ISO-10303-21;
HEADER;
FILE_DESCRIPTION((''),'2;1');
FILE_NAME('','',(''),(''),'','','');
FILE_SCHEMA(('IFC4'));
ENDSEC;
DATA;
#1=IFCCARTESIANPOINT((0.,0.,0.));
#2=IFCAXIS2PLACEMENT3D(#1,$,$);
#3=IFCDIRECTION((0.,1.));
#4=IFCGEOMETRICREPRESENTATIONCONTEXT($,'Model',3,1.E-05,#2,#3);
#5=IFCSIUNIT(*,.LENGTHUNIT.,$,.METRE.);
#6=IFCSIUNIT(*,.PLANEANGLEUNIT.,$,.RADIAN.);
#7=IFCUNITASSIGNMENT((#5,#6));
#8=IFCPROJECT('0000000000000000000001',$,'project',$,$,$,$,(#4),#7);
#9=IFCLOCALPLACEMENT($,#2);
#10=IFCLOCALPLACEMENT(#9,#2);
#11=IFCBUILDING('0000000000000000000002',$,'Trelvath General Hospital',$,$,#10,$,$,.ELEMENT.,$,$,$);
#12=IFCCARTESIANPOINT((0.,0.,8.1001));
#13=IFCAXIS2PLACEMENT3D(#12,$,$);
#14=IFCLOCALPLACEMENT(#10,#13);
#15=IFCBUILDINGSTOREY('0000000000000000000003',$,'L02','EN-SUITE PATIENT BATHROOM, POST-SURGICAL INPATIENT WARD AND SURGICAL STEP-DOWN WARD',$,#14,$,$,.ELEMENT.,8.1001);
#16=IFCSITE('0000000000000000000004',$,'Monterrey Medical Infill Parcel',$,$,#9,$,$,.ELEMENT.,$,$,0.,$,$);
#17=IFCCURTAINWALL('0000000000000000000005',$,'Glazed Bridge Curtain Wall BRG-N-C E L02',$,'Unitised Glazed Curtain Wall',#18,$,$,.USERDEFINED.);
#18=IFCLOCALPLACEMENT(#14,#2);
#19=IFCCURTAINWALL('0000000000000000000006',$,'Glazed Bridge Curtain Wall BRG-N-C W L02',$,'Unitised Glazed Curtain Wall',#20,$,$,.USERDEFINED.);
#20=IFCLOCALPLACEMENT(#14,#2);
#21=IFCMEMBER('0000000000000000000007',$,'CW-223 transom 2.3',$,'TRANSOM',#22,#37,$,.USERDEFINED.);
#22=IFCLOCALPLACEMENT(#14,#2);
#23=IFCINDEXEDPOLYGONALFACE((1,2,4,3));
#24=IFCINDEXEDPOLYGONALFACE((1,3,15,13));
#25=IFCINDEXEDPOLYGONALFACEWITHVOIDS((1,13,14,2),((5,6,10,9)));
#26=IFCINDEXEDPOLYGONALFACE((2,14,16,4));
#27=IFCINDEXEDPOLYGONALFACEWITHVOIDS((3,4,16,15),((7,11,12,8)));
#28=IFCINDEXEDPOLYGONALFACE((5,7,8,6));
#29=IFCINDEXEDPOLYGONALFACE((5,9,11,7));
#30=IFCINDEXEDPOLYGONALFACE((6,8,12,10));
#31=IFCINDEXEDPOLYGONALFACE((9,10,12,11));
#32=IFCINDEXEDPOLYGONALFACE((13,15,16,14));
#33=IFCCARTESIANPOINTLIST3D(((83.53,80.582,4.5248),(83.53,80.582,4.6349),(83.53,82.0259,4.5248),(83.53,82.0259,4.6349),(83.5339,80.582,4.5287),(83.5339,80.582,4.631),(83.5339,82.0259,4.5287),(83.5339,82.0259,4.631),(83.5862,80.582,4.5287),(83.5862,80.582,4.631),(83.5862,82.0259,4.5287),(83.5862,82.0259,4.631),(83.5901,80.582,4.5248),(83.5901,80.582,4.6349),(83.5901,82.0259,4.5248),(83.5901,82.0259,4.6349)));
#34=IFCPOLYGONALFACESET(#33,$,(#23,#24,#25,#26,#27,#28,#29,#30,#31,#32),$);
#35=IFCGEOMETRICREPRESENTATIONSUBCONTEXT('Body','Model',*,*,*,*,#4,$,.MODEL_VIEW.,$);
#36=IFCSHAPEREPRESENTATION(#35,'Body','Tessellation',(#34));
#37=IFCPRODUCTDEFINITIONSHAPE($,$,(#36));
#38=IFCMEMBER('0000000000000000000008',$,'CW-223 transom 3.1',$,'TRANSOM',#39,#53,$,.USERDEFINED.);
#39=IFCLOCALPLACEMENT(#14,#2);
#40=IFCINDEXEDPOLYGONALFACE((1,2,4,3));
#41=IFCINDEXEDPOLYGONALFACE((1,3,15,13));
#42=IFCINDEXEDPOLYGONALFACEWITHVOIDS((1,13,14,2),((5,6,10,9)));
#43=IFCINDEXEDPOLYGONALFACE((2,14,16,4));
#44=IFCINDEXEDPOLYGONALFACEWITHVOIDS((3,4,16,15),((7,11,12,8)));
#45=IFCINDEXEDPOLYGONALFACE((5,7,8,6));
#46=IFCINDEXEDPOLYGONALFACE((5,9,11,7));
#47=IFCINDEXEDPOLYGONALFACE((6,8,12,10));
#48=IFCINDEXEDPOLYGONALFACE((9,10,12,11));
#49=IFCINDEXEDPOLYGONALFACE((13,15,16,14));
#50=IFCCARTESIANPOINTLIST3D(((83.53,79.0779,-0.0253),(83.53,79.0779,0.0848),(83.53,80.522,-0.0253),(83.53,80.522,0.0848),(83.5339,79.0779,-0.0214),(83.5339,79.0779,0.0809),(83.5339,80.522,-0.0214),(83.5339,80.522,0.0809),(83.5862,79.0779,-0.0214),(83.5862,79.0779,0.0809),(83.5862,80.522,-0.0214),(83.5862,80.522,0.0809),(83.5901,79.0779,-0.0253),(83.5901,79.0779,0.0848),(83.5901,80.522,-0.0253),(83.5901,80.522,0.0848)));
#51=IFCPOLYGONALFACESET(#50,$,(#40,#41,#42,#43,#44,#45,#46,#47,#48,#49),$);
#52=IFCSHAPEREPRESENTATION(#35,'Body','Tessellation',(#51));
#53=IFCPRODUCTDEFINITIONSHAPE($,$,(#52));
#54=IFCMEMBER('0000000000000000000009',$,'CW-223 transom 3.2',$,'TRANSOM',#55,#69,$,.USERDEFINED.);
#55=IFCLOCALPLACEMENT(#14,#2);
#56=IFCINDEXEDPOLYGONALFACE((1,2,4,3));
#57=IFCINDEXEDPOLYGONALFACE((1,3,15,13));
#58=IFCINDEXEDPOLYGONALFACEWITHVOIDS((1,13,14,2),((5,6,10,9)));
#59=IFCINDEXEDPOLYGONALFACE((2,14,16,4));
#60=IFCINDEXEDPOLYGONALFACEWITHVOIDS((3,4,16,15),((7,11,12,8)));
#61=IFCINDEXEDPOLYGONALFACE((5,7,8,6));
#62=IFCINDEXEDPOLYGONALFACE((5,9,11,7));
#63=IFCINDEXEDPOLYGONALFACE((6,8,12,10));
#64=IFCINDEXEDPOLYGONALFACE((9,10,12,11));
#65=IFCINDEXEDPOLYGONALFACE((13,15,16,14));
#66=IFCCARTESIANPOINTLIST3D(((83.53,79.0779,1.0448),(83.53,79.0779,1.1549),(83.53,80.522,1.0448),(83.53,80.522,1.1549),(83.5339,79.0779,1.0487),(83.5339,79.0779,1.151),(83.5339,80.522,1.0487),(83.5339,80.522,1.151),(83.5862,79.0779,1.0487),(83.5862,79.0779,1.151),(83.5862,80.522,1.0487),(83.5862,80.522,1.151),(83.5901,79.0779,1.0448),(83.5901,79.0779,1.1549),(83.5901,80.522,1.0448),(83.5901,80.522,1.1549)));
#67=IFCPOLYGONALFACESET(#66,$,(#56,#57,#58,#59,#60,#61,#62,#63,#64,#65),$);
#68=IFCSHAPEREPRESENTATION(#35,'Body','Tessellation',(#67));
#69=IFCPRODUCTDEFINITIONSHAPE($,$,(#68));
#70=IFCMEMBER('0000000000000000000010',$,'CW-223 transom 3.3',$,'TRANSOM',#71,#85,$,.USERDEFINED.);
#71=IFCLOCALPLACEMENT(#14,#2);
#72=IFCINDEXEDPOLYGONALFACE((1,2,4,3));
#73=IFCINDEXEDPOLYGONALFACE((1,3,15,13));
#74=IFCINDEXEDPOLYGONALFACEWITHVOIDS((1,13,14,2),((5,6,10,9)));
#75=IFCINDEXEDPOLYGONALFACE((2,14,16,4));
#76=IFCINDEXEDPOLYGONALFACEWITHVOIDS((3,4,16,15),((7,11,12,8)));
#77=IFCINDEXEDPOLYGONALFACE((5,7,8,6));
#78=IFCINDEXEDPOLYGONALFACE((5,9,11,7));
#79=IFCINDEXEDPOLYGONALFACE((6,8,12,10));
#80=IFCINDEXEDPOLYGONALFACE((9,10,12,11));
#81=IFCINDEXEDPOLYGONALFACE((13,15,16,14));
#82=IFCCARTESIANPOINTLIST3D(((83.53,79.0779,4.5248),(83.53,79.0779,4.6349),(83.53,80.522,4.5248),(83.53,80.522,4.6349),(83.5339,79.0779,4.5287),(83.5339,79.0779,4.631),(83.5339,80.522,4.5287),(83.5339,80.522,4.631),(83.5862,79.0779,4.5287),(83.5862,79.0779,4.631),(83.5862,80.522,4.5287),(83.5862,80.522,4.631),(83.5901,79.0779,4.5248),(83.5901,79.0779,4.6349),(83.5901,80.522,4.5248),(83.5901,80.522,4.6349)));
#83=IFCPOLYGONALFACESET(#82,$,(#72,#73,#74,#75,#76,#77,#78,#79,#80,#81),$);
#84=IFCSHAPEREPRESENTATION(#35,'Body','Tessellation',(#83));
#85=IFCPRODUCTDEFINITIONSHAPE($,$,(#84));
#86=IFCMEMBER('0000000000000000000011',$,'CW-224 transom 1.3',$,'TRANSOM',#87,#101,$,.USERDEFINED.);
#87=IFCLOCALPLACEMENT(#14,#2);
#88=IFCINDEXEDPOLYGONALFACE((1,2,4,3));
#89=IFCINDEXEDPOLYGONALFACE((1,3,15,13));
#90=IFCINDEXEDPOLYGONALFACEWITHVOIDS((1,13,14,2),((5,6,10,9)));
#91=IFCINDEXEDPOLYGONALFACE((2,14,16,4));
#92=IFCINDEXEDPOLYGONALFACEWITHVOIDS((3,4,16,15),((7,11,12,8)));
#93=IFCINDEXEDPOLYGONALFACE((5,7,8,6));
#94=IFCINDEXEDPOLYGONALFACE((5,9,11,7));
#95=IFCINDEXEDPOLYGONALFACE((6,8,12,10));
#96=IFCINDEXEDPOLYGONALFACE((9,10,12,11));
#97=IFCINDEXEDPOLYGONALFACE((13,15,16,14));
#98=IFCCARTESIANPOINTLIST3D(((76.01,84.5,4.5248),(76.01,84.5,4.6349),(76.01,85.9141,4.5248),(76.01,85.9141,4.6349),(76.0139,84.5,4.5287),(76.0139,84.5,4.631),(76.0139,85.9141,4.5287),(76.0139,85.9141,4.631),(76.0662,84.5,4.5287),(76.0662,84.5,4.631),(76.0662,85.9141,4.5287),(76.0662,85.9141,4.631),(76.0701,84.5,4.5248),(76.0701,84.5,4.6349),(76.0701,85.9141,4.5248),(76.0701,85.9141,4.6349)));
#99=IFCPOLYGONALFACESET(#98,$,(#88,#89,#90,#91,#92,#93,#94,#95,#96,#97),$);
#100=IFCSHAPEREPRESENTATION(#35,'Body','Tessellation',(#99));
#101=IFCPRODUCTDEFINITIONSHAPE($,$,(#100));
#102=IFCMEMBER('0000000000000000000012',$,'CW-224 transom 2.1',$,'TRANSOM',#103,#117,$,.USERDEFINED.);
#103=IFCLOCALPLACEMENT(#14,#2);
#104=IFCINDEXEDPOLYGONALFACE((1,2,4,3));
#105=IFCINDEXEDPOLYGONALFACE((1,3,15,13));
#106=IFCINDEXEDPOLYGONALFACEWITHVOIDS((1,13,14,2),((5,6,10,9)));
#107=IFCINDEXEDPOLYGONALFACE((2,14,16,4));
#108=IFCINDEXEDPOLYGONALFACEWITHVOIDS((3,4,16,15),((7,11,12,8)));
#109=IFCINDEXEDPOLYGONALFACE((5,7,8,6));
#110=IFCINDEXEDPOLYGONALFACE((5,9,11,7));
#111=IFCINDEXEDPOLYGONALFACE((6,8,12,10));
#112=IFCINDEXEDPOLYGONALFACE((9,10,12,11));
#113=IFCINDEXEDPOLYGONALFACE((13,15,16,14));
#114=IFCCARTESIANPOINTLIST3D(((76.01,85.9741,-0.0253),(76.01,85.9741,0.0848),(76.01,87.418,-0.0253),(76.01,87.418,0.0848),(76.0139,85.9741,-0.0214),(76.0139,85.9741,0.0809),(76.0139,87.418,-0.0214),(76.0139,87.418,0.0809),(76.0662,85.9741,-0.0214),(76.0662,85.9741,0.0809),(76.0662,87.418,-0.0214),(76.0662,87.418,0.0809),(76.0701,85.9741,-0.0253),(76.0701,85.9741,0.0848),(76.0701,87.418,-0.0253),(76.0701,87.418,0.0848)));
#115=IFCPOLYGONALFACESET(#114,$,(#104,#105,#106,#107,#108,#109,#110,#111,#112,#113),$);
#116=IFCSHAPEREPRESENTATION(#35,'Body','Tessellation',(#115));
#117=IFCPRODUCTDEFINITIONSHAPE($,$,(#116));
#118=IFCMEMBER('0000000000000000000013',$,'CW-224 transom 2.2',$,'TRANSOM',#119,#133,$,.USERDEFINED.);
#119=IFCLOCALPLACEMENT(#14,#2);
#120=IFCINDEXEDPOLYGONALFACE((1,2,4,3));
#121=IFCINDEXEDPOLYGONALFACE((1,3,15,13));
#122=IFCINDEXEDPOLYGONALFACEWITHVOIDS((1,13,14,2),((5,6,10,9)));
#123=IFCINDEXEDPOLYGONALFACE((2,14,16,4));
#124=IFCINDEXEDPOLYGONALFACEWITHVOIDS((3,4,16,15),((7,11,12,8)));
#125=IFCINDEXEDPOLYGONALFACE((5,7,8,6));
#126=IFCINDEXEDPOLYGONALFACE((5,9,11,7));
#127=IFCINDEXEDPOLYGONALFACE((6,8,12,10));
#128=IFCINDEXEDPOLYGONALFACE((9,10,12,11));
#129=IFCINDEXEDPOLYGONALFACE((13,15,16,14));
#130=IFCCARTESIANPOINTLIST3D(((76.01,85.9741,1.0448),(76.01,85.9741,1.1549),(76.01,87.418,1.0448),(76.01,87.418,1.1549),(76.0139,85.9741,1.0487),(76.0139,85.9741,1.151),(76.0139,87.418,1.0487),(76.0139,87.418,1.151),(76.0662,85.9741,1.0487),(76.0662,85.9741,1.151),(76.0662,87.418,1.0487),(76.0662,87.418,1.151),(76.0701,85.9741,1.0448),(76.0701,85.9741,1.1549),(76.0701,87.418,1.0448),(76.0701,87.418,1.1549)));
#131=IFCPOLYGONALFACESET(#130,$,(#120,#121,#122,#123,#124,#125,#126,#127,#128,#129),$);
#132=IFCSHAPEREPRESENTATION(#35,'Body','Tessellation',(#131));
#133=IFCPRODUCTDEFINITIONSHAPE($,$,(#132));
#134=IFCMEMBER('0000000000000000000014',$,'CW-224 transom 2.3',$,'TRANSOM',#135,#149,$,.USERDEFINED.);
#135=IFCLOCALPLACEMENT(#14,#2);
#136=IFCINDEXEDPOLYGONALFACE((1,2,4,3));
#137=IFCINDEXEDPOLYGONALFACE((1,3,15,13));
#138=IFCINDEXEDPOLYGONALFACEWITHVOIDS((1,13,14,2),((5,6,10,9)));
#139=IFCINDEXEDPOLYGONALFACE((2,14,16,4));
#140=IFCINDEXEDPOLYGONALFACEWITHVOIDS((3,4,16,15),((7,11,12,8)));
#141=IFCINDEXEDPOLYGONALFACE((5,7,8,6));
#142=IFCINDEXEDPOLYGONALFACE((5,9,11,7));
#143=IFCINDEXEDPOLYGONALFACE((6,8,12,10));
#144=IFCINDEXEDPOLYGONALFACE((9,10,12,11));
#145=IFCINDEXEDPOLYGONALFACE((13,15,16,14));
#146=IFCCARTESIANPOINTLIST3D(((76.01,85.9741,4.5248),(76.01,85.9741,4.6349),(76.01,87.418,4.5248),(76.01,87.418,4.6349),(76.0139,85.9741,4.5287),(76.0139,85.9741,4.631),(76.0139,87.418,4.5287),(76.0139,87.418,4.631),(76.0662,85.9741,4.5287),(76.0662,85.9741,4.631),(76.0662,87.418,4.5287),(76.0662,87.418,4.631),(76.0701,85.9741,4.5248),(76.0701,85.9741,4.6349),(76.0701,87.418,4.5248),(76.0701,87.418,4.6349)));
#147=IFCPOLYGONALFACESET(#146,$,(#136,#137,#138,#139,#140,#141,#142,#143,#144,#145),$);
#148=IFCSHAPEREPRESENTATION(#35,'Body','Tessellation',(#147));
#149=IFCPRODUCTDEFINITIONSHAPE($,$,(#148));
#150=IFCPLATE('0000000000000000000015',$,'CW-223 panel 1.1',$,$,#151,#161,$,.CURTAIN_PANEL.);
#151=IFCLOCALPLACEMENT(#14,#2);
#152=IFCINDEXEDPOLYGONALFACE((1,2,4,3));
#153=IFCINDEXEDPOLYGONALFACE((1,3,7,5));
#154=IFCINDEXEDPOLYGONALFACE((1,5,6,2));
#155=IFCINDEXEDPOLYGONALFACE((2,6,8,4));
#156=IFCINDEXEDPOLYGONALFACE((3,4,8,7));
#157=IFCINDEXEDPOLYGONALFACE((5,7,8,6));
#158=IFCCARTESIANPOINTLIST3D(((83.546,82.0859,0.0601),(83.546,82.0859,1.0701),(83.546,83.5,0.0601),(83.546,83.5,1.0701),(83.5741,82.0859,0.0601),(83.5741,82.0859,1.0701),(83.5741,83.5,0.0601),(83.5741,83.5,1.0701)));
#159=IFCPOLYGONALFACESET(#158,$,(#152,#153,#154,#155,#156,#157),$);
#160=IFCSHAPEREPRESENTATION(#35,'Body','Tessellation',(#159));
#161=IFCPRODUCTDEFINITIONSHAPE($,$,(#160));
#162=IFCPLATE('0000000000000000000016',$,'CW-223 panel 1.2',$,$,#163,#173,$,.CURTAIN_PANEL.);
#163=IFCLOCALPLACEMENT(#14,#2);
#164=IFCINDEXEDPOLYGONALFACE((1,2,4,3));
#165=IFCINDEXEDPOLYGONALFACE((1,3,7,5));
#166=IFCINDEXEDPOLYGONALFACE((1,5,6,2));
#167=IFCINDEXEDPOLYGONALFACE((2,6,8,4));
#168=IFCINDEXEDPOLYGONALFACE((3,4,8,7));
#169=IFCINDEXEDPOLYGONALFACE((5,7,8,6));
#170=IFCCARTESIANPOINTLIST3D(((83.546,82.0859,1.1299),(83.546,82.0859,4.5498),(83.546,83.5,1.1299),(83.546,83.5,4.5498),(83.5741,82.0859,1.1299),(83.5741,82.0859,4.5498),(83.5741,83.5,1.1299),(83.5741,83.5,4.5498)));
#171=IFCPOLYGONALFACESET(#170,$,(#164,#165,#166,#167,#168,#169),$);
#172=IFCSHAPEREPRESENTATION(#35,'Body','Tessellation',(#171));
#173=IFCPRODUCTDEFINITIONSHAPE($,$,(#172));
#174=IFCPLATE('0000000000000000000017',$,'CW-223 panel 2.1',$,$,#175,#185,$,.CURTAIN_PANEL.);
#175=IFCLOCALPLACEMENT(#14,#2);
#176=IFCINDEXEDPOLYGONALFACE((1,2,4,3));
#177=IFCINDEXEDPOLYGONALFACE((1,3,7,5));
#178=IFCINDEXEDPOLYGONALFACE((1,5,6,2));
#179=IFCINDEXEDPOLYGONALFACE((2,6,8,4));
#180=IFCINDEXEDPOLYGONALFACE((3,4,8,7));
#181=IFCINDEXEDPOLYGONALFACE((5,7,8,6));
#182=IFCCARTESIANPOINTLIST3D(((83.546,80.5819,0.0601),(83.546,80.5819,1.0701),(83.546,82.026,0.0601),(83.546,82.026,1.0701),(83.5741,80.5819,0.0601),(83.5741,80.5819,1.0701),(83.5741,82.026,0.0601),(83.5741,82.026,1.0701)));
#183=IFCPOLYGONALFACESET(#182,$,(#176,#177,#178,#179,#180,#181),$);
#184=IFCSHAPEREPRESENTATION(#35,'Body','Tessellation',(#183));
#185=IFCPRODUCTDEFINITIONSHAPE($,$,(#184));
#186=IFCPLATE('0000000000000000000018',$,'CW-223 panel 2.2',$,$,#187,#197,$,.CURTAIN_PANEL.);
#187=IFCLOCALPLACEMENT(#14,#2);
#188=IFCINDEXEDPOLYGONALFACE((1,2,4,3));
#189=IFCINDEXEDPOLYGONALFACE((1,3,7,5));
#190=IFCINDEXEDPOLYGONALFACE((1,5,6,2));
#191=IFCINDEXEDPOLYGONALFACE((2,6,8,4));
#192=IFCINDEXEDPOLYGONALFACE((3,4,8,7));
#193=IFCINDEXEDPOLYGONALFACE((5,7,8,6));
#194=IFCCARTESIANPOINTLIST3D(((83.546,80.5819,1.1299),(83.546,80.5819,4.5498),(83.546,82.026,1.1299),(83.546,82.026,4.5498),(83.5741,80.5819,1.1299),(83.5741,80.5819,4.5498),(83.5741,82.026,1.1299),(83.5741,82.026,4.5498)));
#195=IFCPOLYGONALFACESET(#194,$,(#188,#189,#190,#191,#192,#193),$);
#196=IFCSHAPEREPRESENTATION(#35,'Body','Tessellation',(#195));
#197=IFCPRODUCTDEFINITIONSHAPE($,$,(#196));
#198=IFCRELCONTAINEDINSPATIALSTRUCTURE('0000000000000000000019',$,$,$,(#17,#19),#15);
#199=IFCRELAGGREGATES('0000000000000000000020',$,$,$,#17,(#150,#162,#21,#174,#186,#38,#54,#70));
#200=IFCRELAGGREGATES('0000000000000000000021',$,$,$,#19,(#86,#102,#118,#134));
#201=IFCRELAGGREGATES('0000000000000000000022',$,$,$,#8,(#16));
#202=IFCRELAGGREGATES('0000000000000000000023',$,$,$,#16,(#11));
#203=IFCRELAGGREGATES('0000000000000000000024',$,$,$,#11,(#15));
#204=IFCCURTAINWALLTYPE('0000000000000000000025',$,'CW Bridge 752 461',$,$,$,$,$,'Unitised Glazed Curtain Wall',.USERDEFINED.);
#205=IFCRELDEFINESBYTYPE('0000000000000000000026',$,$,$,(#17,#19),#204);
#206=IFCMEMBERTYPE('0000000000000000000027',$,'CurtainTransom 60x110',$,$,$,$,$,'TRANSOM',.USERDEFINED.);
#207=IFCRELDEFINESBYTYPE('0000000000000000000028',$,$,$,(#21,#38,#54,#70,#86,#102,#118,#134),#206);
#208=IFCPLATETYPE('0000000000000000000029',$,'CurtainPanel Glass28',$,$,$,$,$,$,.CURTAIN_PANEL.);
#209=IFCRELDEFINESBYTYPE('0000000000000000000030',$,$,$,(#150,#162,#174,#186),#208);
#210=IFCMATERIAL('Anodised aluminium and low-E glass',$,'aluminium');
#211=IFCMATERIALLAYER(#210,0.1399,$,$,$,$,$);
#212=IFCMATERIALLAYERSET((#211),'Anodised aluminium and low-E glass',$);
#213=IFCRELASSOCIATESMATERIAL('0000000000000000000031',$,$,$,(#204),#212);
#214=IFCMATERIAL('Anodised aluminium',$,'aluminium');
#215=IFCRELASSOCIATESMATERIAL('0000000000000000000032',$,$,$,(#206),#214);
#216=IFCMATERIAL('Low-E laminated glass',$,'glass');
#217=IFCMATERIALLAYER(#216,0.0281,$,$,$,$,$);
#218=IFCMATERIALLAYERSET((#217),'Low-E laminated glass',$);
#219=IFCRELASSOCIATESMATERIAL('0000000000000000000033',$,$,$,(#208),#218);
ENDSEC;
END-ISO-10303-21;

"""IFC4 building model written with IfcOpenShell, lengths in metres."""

from ifc_helpers import new_model, si_unit, direction, frame, origin, origin_2d, place, context, subcontext, project, spatial, rectangle, hollow_rectangle, extrude, material, layer, layer_set, material_profile, profile_set, type_object, element, aggregate, save


model = new_model("IFC4")

# Units and contexts
model_context = context("Model", 3, precision=1e-05, world=origin(), true_north=direction((0.0, 1.0)))
body_context = subcontext(model_context, "Body", "Model", "MODEL_VIEW")
ifc_project = project(units=[si_unit("LENGTHUNIT", "METRE"), si_unit("PLANEANGLEUNIT", "RADIAN")], contexts=[model_context])

# Site, building, storey
site_placement = place(None, origin())
site = spatial("IfcSite", under=ifc_project, at=site_placement, Name="Monterrey Medical Infill Parcel", CompositionType="ELEMENT", RefElevation=0.0)
building_placement = place(site_placement, origin())
building = spatial("IfcBuilding", under=site, at=building_placement, Name="Trelvath General Hospital", CompositionType="ELEMENT")
storey_placement = place(building_placement, frame((0.0, 0.0, 8.1001)))
storey = spatial("IfcBuildingStorey", under=building, at=storey_placement, Name="L02", Description="EN-SUITE PATIENT BATHROOM, POST-SURGICAL INPATIENT WARD AND SURGICAL STEP-DOWN WARD", CompositionType="ELEMENT", Elevation=8.1001)

# Curtain wall
ifc_material_1 = material(Name="Anodised aluminium and low-E glass", Category="aluminium")
ifc_layer_1 = layer(ifc_material_1, 0.1399)
ifc_layer_set_1 = layer_set([ifc_layer_1], Name="Anodised aluminium and low-E glass")
curtain_wall_type = type_object("IfcCurtainWallType", Name="CW Bridge 752 461", ElementType="Unitised Glazed Curtain Wall", PredefinedType="USERDEFINED", material=ifc_layer_set_1)
curtain_wall_1_placement = place(storey_placement, origin())
curtain_wall_1 = element("IfcCurtainWall", 1, at=curtain_wall_1_placement, inside=storey, type_object=curtain_wall_type, Name="Glazed Bridge Curtain Wall BRG-N-C E L02", ObjectType="Unitised Glazed Curtain Wall", PredefinedType="USERDEFINED")

# Curtain wall
curtain_wall_2_placement = place(storey_placement, origin())
curtain_wall_2 = element("IfcCurtainWall", 2, at=curtain_wall_2_placement, inside=storey, type_object=curtain_wall_type, Name="Glazed Bridge Curtain Wall BRG-N-C W L02", ObjectType="Unitised Glazed Curtain Wall", PredefinedType="USERDEFINED")

# Members
ifc_material_2 = material(Name="Anodised aluminium", Category="aluminium")
ifc_material_profile_1 = material_profile(ifc_material_2, hollow_rectangle(XDim=0.0601, YDim=0.1101, WallThickness=0.0039, at=origin_2d()), Name="RHS60x110x4")
ifc_profile_set_1 = profile_set([ifc_material_profile_1], Name="Anodised aluminium")
member_type_1 = type_object("IfcMemberType", Name="CurtainTransom 60x110", ElementType="TRANSOM", PredefinedType="USERDEFINED", material=ifc_profile_set_1)
member_1_placement = place(storey_placement, frame((83.5601, 82.0259, 4.5798), z_axis=(0.0, -1.0, 0.0), x_axis=(1.0, 0.0, 0.0)))
member_1 = element("IfcMember", 3, at=member_1_placement, type_object=member_type_1, Name="CW-223 transom 2.3", ObjectType="TRANSOM", PredefinedType="USERDEFINED", context=body_context, shape_type="SweptSolid", body=[
    extrude(hollow_rectangle(XDim=0.0601, YDim=0.1101, WallThickness=0.0039, at=origin_2d()), origin(), (0.0, 0.0, 1.0), 1.4438),
])
member_2_placement = place(storey_placement, frame((83.5601, 80.522, 0.0298), z_axis=(0.0, -1.0, 0.0), x_axis=(1.0, 0.0, 0.0)))
member_2 = element("IfcMember", 4, at=member_2_placement, type_object=member_type_1, Name="CW-223 transom 3.1", ObjectType="TRANSOM", PredefinedType="USERDEFINED", context=body_context, shape_type="SweptSolid", body=[
    extrude(hollow_rectangle(XDim=0.0601, YDim=0.1101, WallThickness=0.0039, at=origin_2d()), origin(), (0.0, 0.0, 1.0), 1.4441),
])
member_3_placement = place(storey_placement, frame((83.5601, 80.522, 1.0999), z_axis=(0.0, -1.0, 0.0), x_axis=(1.0, 0.0, 0.0)))
member_3 = element("IfcMember", 5, at=member_3_placement, type_object=member_type_1, Name="CW-223 transom 3.2", ObjectType="TRANSOM", PredefinedType="USERDEFINED", context=body_context, shape_type="SweptSolid", body=[
    extrude(hollow_rectangle(XDim=0.0601, YDim=0.1101, WallThickness=0.0039, at=origin_2d()), origin(), (0.0, 0.0, 1.0), 1.4441),
])
member_4_placement = place(storey_placement, frame((83.5601, 80.522, 4.5798), z_axis=(0.0, -1.0, 0.0), x_axis=(1.0, 0.0, 0.0)))
member_4 = element("IfcMember", 6, at=member_4_placement, type_object=member_type_1, Name="CW-223 transom 3.3", ObjectType="TRANSOM", PredefinedType="USERDEFINED", context=body_context, shape_type="SweptSolid", body=[
    extrude(hollow_rectangle(XDim=0.0601, YDim=0.1101, WallThickness=0.0039, at=origin_2d()), origin(), (0.0, 0.0, 1.0), 1.4441),
])
member_5_placement = place(storey_placement, frame((76.04, 84.5, 4.5798), z_axis=(0.0, 1.0, 0.0), x_axis=(-1.0, 0.0, 0.0)))
member_5 = element("IfcMember", 7, at=member_5_placement, type_object=member_type_1, Name="CW-224 transom 1.3", ObjectType="TRANSOM", PredefinedType="USERDEFINED", context=body_context, shape_type="SweptSolid", body=[
    extrude(hollow_rectangle(XDim=0.0601, YDim=0.1101, WallThickness=0.0039, at=origin_2d()), origin(), (0.0, 0.0, 1.0), 1.4141),
])
member_6_placement = place(storey_placement, frame((76.04, 85.9741, 0.0298), z_axis=(0.0, 1.0, 0.0), x_axis=(-1.0, 0.0, 0.0)))
member_6 = element("IfcMember", 8, at=member_6_placement, type_object=member_type_1, Name="CW-224 transom 2.1", ObjectType="TRANSOM", PredefinedType="USERDEFINED", context=body_context, shape_type="SweptSolid", body=[
    extrude(hollow_rectangle(XDim=0.0601, YDim=0.1101, WallThickness=0.0039, at=origin_2d()), origin(), (0.0, 0.0, 1.0), 1.4438),
])
member_7_placement = place(storey_placement, frame((76.04, 85.9741, 1.0999), z_axis=(0.0, 1.0, 0.0), x_axis=(-1.0, 0.0, 0.0)))
member_7 = element("IfcMember", 9, at=member_7_placement, type_object=member_type_1, Name="CW-224 transom 2.2", ObjectType="TRANSOM", PredefinedType="USERDEFINED", context=body_context, shape_type="SweptSolid", body=[
    extrude(hollow_rectangle(XDim=0.0601, YDim=0.1101, WallThickness=0.0039, at=origin_2d()), origin(), (0.0, 0.0, 1.0), 1.4438),
])
member_8_placement = place(storey_placement, frame((76.04, 85.9741, 4.5798), z_axis=(0.0, 1.0, 0.0), x_axis=(-1.0, 0.0, 0.0)))
member_8 = element("IfcMember", 10, at=member_8_placement, type_object=member_type_1, Name="CW-224 transom 2.3", ObjectType="TRANSOM", PredefinedType="USERDEFINED", context=body_context, shape_type="SweptSolid", body=[
    extrude(hollow_rectangle(XDim=0.0601, YDim=0.1101, WallThickness=0.0039, at=origin_2d()), origin(), (0.0, 0.0, 1.0), 1.4438),
])

# Plates
ifc_material_3 = material(Name="Low-E laminated glass", Category="glass")
ifc_layer_2 = layer(ifc_material_3, 0.0281)
ifc_layer_set_2 = layer_set([ifc_layer_2], Name="Low-E laminated glass")
plate_type = type_object("IfcPlateType", Name="CurtainPanel Glass28", PredefinedType="CURTAIN_PANEL", material=ifc_layer_set_2)
plate_1_placement = place(storey_placement, frame((83.5601, 82.793, 0.0601), z_axis=(0.0, 0.0, 1.0), x_axis=(0.0, -1.0, 0.0)))
plate_1 = element("IfcPlate", 11, at=plate_1_placement, type_object=plate_type, Name="CW-223 panel 1.1", PredefinedType="CURTAIN_PANEL", context=body_context, shape_type="SweptSolid", body=[
    extrude(rectangle(XDim=1.4141, YDim=0.0281, at=origin_2d()), origin(), (0.0, 0.0, 1.0), 1.01),
])
plate_2_placement = place(storey_placement, frame((83.5601, 82.793, 1.1299), z_axis=(0.0, 0.0, 1.0), x_axis=(0.0, -1.0, 0.0)))
plate_2 = element("IfcPlate", 12, at=plate_2_placement, type_object=plate_type, Name="CW-223 panel 1.2", PredefinedType="CURTAIN_PANEL", context=body_context, shape_type="SweptSolid", body=[
    extrude(rectangle(XDim=1.4141, YDim=0.0281, at=origin_2d()), origin(), (0.0, 0.0, 1.0), 3.4199),
])
plate_3_placement = place(storey_placement, frame((83.5601, 81.304, 0.0601), z_axis=(0.0, 0.0, 1.0), x_axis=(0.0, -1.0, 0.0)))
plate_3 = element("IfcPlate", 13, at=plate_3_placement, type_object=plate_type, Name="CW-223 panel 2.1", PredefinedType="CURTAIN_PANEL", context=body_context, shape_type="SweptSolid", body=[
    extrude(rectangle(XDim=1.4441, YDim=0.0281, at=origin_2d()), origin(), (0.0, 0.0, 1.0), 1.01),
])
plate_4_placement = place(storey_placement, frame((83.5601, 81.304, 1.1299), z_axis=(0.0, 0.0, 1.0), x_axis=(0.0, -1.0, 0.0)))
plate_4 = element("IfcPlate", 14, at=plate_4_placement, type_object=plate_type, Name="CW-223 panel 2.2", PredefinedType="CURTAIN_PANEL", context=body_context, shape_type="SweptSolid", body=[
    extrude(rectangle(XDim=1.4441, YDim=0.0281, at=origin_2d()), origin(), (0.0, 0.0, 1.0), 3.4199),
])
aggregate(curtain_wall_1, [plate_1, plate_2, member_1, plate_3, plate_4, member_2, member_3, member_4])
aggregate(curtain_wall_2, [member_5, member_6, member_7, member_8])

save(model, "model.ifc")
